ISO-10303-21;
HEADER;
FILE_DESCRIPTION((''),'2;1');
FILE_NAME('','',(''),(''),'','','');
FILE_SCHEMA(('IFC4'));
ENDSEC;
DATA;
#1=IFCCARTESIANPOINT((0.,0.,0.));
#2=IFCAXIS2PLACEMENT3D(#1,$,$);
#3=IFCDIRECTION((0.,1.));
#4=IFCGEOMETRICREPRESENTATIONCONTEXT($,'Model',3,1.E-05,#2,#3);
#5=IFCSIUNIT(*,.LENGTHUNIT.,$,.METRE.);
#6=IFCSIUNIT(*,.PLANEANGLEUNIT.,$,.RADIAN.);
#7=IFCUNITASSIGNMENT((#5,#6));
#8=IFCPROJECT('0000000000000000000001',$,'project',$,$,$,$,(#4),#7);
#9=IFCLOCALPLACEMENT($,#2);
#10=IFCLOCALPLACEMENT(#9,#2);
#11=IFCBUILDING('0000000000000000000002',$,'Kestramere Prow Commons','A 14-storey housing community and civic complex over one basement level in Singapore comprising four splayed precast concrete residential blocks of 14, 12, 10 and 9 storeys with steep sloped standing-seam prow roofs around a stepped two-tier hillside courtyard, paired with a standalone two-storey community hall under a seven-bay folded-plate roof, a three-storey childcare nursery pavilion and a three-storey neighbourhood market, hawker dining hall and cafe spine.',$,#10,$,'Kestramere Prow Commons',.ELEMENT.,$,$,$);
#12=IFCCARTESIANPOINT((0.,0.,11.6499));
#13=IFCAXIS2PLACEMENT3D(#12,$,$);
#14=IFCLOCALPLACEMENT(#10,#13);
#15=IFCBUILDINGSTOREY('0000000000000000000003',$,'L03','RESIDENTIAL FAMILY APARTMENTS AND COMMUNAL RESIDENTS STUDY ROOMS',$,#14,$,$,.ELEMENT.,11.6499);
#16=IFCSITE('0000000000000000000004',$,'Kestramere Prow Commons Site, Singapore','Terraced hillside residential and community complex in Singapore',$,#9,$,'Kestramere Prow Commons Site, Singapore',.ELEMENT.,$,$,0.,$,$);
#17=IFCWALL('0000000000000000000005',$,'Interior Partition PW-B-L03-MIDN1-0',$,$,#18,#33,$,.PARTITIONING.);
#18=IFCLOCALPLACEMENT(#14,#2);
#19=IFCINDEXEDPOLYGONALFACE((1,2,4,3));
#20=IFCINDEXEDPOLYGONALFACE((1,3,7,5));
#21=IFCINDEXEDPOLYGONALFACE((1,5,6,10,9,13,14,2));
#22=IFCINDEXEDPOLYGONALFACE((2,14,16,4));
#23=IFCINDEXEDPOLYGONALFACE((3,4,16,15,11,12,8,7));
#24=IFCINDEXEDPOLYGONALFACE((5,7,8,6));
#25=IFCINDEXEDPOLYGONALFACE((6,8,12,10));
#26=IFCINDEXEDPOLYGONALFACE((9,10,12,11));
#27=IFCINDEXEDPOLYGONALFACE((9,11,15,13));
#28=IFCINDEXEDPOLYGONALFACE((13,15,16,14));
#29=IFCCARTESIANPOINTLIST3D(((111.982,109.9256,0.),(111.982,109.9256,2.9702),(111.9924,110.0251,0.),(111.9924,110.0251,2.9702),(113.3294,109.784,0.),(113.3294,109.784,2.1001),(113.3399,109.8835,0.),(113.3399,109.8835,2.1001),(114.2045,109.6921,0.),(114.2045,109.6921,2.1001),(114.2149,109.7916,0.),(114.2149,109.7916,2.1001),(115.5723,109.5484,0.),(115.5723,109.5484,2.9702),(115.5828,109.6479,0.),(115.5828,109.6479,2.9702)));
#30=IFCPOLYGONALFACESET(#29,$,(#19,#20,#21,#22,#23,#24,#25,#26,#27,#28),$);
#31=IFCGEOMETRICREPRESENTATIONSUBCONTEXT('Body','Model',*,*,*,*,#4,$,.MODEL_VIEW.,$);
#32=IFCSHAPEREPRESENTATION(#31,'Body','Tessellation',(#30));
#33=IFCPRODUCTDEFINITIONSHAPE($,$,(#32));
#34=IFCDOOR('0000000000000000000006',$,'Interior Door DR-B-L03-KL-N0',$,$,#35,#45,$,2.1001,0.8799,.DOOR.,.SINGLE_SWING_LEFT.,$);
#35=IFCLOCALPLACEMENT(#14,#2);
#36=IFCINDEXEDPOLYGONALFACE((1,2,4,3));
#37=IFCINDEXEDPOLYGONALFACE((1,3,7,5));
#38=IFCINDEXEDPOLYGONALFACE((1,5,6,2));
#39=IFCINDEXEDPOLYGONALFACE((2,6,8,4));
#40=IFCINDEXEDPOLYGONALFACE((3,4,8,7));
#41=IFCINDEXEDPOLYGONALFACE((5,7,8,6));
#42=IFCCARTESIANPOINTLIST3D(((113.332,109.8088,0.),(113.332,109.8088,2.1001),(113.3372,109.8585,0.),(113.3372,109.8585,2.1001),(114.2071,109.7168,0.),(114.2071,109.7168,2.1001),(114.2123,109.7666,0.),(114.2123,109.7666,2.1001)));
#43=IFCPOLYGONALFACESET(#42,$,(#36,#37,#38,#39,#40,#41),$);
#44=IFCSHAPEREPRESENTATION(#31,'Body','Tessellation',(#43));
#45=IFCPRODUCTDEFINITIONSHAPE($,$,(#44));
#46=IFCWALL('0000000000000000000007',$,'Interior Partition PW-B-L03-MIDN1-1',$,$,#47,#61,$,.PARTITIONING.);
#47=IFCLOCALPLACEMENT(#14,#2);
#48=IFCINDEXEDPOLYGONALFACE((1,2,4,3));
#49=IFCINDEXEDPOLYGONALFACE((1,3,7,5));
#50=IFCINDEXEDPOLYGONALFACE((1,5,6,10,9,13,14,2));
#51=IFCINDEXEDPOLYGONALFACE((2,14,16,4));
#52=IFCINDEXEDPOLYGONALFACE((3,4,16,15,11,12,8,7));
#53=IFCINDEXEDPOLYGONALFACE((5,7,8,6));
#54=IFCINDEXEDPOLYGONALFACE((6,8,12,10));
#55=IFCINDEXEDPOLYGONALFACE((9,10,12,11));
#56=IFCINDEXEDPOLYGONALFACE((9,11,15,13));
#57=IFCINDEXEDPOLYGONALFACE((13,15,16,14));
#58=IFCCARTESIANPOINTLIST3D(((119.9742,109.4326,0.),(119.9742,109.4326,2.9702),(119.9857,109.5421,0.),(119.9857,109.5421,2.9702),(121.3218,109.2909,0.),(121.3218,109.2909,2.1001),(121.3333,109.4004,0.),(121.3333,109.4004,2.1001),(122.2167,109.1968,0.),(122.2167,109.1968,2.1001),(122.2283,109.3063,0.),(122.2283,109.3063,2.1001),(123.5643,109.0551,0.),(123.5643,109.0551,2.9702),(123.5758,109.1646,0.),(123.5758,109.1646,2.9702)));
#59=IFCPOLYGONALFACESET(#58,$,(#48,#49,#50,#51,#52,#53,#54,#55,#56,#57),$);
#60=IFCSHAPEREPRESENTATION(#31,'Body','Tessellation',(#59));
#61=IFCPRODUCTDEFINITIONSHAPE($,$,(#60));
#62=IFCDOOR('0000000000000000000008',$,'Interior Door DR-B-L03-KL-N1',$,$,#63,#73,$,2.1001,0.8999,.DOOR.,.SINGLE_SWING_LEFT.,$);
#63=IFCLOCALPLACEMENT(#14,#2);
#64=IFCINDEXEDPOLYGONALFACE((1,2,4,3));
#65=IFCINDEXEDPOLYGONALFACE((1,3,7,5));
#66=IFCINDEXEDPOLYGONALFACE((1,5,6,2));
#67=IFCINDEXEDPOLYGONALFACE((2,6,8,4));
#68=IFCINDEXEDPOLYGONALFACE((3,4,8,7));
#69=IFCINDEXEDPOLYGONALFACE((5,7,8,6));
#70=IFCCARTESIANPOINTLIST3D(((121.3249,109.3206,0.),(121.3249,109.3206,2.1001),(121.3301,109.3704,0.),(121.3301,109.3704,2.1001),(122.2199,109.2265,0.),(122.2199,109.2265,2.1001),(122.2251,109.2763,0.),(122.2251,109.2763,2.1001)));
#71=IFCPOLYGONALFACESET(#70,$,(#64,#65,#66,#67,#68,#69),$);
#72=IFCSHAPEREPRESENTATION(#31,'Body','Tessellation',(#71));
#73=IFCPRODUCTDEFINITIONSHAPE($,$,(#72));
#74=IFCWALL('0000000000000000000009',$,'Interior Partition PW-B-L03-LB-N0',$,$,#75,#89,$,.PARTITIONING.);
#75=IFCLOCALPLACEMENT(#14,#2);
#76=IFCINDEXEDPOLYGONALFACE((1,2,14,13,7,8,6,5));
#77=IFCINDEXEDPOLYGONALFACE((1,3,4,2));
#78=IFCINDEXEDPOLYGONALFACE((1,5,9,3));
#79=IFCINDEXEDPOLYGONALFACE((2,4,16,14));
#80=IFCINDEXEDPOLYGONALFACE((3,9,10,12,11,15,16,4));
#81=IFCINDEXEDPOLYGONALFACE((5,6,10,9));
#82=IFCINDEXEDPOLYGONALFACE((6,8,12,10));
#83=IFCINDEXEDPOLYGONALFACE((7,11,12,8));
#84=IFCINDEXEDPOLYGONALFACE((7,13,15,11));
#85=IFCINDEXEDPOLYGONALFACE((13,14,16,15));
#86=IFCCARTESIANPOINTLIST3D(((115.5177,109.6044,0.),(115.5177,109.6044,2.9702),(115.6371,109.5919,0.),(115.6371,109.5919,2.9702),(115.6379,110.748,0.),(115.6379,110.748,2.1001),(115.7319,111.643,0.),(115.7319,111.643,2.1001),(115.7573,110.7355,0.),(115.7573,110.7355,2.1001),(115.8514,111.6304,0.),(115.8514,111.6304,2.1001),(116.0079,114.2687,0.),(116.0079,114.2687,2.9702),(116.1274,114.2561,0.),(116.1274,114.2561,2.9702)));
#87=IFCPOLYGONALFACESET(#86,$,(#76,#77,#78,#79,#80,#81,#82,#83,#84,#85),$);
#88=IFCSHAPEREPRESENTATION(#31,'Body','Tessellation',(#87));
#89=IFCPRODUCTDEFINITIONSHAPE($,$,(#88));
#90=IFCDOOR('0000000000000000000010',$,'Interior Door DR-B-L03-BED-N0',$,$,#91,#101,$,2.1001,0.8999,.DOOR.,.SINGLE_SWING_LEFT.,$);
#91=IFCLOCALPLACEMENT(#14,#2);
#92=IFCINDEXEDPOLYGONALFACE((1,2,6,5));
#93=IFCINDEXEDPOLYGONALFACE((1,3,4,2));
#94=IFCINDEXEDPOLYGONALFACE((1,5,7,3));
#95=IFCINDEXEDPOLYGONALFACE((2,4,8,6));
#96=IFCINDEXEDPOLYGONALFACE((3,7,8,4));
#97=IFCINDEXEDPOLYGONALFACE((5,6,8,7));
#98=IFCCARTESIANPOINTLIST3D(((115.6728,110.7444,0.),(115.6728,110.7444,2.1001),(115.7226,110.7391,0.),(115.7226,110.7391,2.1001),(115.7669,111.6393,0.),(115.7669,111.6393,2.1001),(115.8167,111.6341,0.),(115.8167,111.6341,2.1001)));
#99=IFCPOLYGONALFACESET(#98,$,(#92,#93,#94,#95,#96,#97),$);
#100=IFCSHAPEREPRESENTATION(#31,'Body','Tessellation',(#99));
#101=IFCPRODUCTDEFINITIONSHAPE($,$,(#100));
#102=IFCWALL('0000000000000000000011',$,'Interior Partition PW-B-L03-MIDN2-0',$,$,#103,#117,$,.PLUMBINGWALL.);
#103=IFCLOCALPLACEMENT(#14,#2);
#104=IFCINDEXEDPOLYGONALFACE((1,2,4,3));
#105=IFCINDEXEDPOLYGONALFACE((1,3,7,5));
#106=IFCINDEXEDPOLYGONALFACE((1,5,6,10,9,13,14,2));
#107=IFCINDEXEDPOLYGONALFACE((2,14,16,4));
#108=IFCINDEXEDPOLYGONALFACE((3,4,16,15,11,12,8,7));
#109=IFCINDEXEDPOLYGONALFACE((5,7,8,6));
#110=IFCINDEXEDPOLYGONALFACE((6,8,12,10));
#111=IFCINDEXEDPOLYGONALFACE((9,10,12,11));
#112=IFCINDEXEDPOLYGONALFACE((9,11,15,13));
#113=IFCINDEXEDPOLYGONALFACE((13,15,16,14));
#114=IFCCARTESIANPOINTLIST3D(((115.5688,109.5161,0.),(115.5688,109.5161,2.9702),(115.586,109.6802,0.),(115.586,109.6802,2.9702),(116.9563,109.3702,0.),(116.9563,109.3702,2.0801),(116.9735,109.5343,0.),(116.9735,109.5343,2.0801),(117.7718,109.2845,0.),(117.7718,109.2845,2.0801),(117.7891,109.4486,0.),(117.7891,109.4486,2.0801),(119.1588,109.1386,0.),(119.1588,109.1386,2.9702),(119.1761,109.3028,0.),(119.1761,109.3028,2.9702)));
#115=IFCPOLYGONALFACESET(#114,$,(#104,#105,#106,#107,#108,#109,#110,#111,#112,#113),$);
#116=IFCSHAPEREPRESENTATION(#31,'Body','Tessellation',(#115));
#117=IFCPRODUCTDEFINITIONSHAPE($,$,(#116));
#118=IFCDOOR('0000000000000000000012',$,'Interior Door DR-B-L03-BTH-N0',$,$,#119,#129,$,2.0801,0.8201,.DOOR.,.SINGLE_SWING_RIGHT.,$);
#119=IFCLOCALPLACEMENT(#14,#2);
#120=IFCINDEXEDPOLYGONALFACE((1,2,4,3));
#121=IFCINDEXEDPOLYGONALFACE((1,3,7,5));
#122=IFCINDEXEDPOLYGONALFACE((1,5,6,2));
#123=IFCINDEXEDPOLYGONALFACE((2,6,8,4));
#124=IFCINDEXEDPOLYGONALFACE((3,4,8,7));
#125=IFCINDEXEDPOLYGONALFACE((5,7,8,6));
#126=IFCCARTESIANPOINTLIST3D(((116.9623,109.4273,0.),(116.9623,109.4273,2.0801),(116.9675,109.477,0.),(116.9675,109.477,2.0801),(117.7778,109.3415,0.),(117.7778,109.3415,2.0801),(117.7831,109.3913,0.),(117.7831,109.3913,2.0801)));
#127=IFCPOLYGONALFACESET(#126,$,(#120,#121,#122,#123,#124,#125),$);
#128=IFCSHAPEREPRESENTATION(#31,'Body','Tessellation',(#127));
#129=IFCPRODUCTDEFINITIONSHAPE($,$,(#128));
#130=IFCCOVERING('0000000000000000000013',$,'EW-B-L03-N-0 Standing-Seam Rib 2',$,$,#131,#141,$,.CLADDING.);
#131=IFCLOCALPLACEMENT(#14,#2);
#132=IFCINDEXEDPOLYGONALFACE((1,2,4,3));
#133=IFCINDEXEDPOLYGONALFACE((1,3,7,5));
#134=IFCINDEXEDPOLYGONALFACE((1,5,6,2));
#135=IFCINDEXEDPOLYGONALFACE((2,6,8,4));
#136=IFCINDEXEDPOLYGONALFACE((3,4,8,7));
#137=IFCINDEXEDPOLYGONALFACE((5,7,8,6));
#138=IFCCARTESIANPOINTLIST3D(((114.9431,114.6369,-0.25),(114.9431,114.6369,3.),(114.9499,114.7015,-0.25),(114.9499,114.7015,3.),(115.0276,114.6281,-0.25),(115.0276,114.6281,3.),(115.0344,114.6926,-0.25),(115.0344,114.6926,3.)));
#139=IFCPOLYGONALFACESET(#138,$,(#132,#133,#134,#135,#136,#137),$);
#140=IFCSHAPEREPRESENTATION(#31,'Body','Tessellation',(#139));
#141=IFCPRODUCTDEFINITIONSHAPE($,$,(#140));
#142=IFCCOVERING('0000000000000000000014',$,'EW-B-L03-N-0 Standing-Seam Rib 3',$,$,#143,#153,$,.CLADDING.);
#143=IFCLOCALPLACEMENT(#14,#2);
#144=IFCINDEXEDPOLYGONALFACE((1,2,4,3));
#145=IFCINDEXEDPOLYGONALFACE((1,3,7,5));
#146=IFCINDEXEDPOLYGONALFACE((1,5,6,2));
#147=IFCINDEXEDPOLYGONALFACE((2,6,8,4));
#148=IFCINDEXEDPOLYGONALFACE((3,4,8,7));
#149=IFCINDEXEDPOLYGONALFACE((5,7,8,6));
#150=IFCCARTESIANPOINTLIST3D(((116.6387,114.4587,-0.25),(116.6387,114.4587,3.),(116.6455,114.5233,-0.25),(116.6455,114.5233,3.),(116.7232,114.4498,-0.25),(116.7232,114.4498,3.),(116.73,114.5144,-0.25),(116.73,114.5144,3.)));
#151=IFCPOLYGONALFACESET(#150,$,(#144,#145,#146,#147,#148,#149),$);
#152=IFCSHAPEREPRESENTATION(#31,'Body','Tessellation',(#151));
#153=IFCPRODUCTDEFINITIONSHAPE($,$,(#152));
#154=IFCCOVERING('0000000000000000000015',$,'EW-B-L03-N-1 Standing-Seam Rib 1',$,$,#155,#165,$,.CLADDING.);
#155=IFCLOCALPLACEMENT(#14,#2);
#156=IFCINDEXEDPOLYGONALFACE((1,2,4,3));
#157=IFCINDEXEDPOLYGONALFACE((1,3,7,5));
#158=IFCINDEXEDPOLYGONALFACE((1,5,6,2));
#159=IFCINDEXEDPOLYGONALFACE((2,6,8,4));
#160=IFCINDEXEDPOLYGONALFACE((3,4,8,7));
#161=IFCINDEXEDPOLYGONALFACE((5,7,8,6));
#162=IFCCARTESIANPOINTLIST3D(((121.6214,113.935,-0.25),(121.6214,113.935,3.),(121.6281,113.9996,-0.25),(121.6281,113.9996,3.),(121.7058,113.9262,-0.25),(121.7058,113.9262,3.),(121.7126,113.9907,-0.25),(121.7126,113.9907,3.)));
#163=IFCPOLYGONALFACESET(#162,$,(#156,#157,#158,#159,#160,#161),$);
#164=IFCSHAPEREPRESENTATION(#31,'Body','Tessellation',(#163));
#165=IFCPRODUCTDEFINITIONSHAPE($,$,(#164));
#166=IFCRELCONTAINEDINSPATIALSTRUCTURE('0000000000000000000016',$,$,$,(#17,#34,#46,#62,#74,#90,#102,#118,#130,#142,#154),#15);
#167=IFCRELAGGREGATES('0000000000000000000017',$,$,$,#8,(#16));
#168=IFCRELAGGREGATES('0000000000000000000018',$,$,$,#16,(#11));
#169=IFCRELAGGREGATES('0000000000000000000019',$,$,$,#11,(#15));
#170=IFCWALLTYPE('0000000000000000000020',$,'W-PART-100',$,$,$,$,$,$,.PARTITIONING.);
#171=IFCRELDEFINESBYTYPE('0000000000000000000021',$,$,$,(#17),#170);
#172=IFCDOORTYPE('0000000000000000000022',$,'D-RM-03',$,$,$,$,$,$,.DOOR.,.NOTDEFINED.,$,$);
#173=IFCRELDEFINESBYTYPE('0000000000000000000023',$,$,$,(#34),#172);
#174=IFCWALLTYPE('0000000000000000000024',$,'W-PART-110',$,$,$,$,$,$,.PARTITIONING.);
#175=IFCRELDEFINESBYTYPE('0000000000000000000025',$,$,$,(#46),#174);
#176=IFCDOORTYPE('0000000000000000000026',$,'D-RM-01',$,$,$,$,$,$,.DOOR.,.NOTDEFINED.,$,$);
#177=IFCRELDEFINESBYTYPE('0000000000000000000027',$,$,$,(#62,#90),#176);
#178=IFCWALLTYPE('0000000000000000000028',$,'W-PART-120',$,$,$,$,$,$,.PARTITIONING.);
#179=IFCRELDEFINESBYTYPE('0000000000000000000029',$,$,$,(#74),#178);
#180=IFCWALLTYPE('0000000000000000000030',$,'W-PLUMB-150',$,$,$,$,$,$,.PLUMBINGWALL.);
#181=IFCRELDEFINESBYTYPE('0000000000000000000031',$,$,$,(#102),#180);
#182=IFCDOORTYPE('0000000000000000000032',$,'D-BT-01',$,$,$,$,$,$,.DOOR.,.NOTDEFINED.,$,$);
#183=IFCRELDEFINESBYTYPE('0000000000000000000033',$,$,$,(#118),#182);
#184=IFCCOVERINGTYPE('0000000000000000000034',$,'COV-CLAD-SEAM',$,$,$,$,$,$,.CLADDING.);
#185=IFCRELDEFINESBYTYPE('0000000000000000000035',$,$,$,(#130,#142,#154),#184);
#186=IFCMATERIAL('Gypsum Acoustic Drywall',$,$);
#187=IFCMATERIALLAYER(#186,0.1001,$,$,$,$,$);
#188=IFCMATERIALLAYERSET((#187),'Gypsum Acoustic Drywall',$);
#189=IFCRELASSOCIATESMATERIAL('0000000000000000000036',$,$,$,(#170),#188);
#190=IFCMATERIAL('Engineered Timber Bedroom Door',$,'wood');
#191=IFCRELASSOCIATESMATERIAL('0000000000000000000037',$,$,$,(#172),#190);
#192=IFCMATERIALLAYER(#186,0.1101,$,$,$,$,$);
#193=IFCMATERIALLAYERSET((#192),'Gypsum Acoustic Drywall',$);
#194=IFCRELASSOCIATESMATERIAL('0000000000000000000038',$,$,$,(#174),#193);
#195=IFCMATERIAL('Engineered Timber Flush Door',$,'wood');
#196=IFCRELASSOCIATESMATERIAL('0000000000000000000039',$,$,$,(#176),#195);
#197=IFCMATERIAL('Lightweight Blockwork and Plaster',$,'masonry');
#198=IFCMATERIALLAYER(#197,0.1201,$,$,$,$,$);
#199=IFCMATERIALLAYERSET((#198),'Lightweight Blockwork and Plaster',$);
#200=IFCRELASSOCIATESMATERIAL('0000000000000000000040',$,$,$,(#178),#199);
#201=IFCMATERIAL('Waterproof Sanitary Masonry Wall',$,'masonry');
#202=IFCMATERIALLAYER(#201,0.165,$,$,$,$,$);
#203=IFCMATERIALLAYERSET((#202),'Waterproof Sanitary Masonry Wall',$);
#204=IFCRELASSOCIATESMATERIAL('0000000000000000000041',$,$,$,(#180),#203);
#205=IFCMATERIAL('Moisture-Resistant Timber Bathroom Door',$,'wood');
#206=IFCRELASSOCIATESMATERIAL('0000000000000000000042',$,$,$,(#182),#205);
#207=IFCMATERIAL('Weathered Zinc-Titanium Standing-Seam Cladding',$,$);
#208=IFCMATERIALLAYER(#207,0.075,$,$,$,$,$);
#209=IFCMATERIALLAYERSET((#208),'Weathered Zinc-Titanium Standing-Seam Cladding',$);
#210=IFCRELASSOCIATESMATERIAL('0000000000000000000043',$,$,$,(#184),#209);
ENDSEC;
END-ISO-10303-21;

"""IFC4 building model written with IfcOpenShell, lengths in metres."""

from ifc_helpers import new_model, si_unit, direction, frame, frame_2d, origin, origin_2d, place, context, subcontext, project, spatial, rectangle, extrude, material, layer, layer_set, type_object, element, fill, save


model = new_model("IFC4")

# Units and contexts
model_context = context("Model", 3, precision=1e-05, world=origin(), true_north=direction((0.0, 1.0)))
body_context = subcontext(model_context, "Body", "Model", "MODEL_VIEW")
ifc_project = project(units=[si_unit("LENGTHUNIT", "METRE"), si_unit("PLANEANGLEUNIT", "RADIAN")], contexts=[model_context])

# Site, building, storey
site_placement = place(None, origin())
site = spatial("IfcSite", under=ifc_project, at=site_placement, Name="Kestramere Prow Commons Site, Singapore", Description="Terraced hillside residential and community complex in Singapore", LongName="Kestramere Prow Commons Site, Singapore", CompositionType="ELEMENT", RefElevation=0.0)
building_placement = place(site_placement, origin())
building = spatial("IfcBuilding", under=site, at=building_placement, Name="Kestramere Prow Commons", Description="A 14-storey housing community and civic complex over one basement level in Singapore comprising four splayed precast concrete residential blocks of 14, 12, 10 and 9 storeys with steep sloped standing-seam prow roofs around a stepped two-tier hillside courtyard, paired with a standalone two-storey community hall under a seven-bay folded-plate roof, a three-storey childcare nursery pavilion and a three-storey neighbourhood market, hawker dining hall and cafe spine.", LongName="Kestramere Prow Commons", CompositionType="ELEMENT")
storey_placement = place(building_placement, frame((0.0, 0.0, 11.6499)))
storey = spatial("IfcBuildingStorey", under=building, at=storey_placement, Name="L03", Description="RESIDENTIAL FAMILY APARTMENTS AND COMMUNAL RESIDENTS STUDY ROOMS", CompositionType="ELEMENT", Elevation=11.6499)

# Walls, openings, doors
ifc_material_1 = material(Name="Gypsum Acoustic Drywall")
ifc_layer_1 = layer(ifc_material_1, 0.1001)
ifc_layer_set_1 = layer_set([ifc_layer_1], Name="Gypsum Acoustic Drywall")
wall_type_1 = type_object("IfcWallType", Name="W-PART-100", PredefinedType="PARTITIONING", material=ifc_layer_set_1)
wall_1_placement = place(storey_placement, frame((111.9871, 109.9753, 0.0), z_axis=(0.0, 0.0, 1.0), x_axis=(0.994527, -0.104484, 0.0)))
wall_1 = element("IfcWall", 1, at=wall_1_placement, inside=storey, type_object=wall_type_1, Name="Interior Partition PW-B-L03-MIDN1-0", PredefinedType="PARTITIONING", context=body_context, shape_type="SweptSolid", body=[
    extrude(rectangle(XDim=3.6101, YDim=0.1001, at=frame_2d((1.8052, 0.0))), origin(), (0.0, 0.0, 1.0), 2.9702),
])
opening_1_placement = place(wall_1_placement, frame((1.355, 0.0, 0.0)))
opening_1 = element("IfcOpeningElement", 2, at=opening_1_placement, cuts=wall_1, PredefinedType="OPENING", context=body_context, shape_type="SweptSolid", body=[
    extrude(rectangle(XDim=0.8799, YDim=2.1001, at=frame_2d((0.4399, 1.05))), frame((0.0, 0.0649, 0.0), z_axis=(0.0, -1.0, 0.0), x_axis=(1.0, 0.0, 0.0)), (0.0, 0.0, 1.0), 0.1301),
])
ifc_material_2 = material(Name="Engineered Timber Bedroom Door", Category="wood")
door_type_1 = type_object("IfcDoorType", Name="D-RM-03", OperationType="NOTDEFINED", PredefinedType="DOOR", material=ifc_material_2)
door_1_placement = place(opening_1_placement, origin())
door_1 = element("IfcDoor", 3, at=door_1_placement, inside=storey, type_object=door_type_1, Name="Interior Door DR-B-L03-KL-N0", OperationType="SINGLE_SWING_LEFT", OverallHeight=2.1001, OverallWidth=0.8799, PredefinedType="DOOR", context=body_context, shape_type="SweptSolid", body=[
    extrude(rectangle(XDim=0.8799, YDim=2.1001, at=frame_2d((0.4399, 1.05))), frame((0.0, 0.0249, 0.0), z_axis=(0.0, -1.0, 0.0), x_axis=(1.0, 0.0, 0.0)), (0.0, 0.0, 1.0), 0.05),
])
fill(opening_1, door_1)
ifc_layer_2 = layer(ifc_material_1, 0.1101)
ifc_layer_set_2 = layer_set([ifc_layer_2], Name="Gypsum Acoustic Drywall")
wall_type_2 = type_object("IfcWallType", Name="W-PART-110", PredefinedType="PARTITIONING", material=ifc_layer_set_2)
wall_2_placement = place(storey_placement, frame((119.98, 109.4873, 0.0), z_axis=(0.0, 0.0, 1.0), x_axis=(0.994519, -0.104558, 0.0)))
wall_2 = element("IfcWall", 4, at=wall_2_placement, inside=storey, type_object=wall_type_2, Name="Interior Partition PW-B-L03-MIDN1-1", PredefinedType="PARTITIONING", context=body_context, shape_type="SweptSolid", body=[
    extrude(rectangle(XDim=3.6099, YDim=0.1101, at=frame_2d((1.8049, 0.0))), origin(), (0.0, 0.0, 1.0), 2.9702),
])
opening_2_placement = place(wall_2_placement, frame((1.355, 0.0, 0.0)))
opening_2 = element("IfcOpeningElement", 5, at=opening_2_placement, cuts=wall_2, PredefinedType="OPENING", context=body_context, shape_type="SweptSolid", body=[
    extrude(rectangle(XDim=0.8999, YDim=2.1001, at=frame_2d((0.45, 1.05))), frame((0.0, 0.0701, 0.0), z_axis=(0.0, -1.0, 0.0), x_axis=(1.0, 0.0, 0.0)), (0.0, 0.0, 1.0), 0.1401),
])
ifc_material_3 = material(Name="Engineered Timber Flush Door", Category="wood")
door_type_2 = type_object("IfcDoorType", Name="D-RM-01", OperationType="NOTDEFINED", PredefinedType="DOOR", material=ifc_material_3)
door_2_placement = place(opening_2_placement, origin())
door_2 = element("IfcDoor", 6, at=door_2_placement, inside=storey, type_object=door_type_2, Name="Interior Door DR-B-L03-KL-N1", OperationType="SINGLE_SWING_LEFT", OverallHeight=2.1001, OverallWidth=0.8999, PredefinedType="DOOR", context=body_context, shape_type="SweptSolid", body=[
    extrude(rectangle(XDim=0.8999, YDim=2.1001, at=frame_2d((0.45, 1.05))), frame((0.0, 0.0249, 0.0), z_axis=(0.0, -1.0, 0.0), x_axis=(1.0, 0.0, 0.0)), (0.0, 0.0, 1.0), 0.05),
])
fill(opening_2, door_2)
ifc_material_4 = material(Name="Lightweight Blockwork and Plaster", Category="masonry")
ifc_layer_3 = layer(ifc_material_4, 0.1201)
ifc_layer_set_3 = layer_set([ifc_layer_3], Name="Lightweight Blockwork and Plaster")
wall_type_3 = type_object("IfcWallType", Name="W-PART-120", PredefinedType="PARTITIONING", material=ifc_layer_set_3)
wall_3_placement = place(storey_placement, frame((115.5774, 109.5981, 0.0), z_axis=(0.0, 0.0, 1.0), x_axis=(0.104528, 0.994522, 0.0)))
wall_3 = element("IfcWall", 7, at=wall_3_placement, inside=storey, type_object=wall_type_3, Name="Interior Partition PW-B-L03-LB-N0", PredefinedType="PARTITIONING", context=body_context, shape_type="SweptSolid", body=[
    extrude(rectangle(XDim=4.6899, YDim=0.1201, at=frame_2d((2.345, 0.0))), origin(), (0.0, 0.0, 1.0), 2.9702),
])
opening_3_placement = place(wall_3_placement, frame((1.1499, 0.0, 0.0)))
opening_3 = element("IfcOpeningElement", 8, at=opening_3_placement, cuts=wall_3, PredefinedType="OPENING", context=body_context, shape_type="SweptSolid", body=[
    extrude(rectangle(XDim=0.8999, YDim=2.1001, at=frame_2d((0.45, 1.05))), frame((0.0, 0.075, 0.0), z_axis=(0.0, -1.0, 0.0), x_axis=(1.0, 0.0, 0.0)), (0.0, 0.0, 1.0), 0.1501),
])
door_3_placement = place(opening_3_placement, origin())
door_3 = element("IfcDoor", 9, at=door_3_placement, inside=storey, type_object=door_type_2, Name="Interior Door DR-B-L03-BED-N0", OperationType="SINGLE_SWING_LEFT", OverallHeight=2.1001, OverallWidth=0.8999, PredefinedType="DOOR", context=body_context, shape_type="SweptSolid", body=[
    extrude(rectangle(XDim=0.8999, YDim=2.1001, at=frame_2d((0.45, 1.05))), frame((0.0, 0.0249, 0.0), z_axis=(0.0, -1.0, 0.0), x_axis=(1.0, 0.0, 0.0)), (0.0, 0.0, 1.0), 0.05),
])
fill(opening_3, door_3)
ifc_material_5 = material(Name="Waterproof Sanitary Masonry Wall", Category="masonry")
ifc_layer_4 = layer(ifc_material_5, 0.165)
ifc_layer_set_4 = layer_set([ifc_layer_4], Name="Waterproof Sanitary Masonry Wall")
wall_type_4 = type_object("IfcWallType", Name="W-PLUMB-150", PredefinedType="PLUMBINGWALL", material=ifc_layer_set_4)
wall_4_placement = place(storey_placement, frame((115.5774, 109.5981, 0.0), z_axis=(0.0, 0.0, 1.0), x_axis=(0.994519, -0.104558, 0.0)))
wall_4 = element("IfcWall", 10, at=wall_4_placement, inside=storey, type_object=wall_type_4, Name="Interior Partition PW-B-L03-MIDN2-0", PredefinedType="PLUMBINGWALL", context=body_context, shape_type="SweptSolid", body=[
    extrude(rectangle(XDim=3.6099, YDim=0.165, at=frame_2d((1.8049, 0.0))), origin(), (0.0, 0.0, 1.0), 2.9702),
])
opening_4_placement = place(wall_4_placement, frame((1.395, 0.0, 0.0)))
opening_4 = element("IfcOpeningElement", 11, at=opening_4_placement, cuts=wall_4, PredefinedType="OPENING", context=body_context, shape_type="SweptSolid", body=[
    extrude(rectangle(XDim=0.8201, YDim=2.0801, at=frame_2d((0.4102, 1.04))), frame((0.0, 0.0974, 0.0), z_axis=(0.0, -1.0, 0.0), x_axis=(1.0, 0.0, 0.0)), (0.0, 0.0, 1.0), 0.1951),
])
ifc_material_6 = material(Name="Moisture-Resistant Timber Bathroom Door", Category="wood")
door_type_3 = type_object("IfcDoorType", Name="D-BT-01", OperationType="NOTDEFINED", PredefinedType="DOOR", material=ifc_material_6)
door_4_placement = place(opening_4_placement, origin())
door_4 = element("IfcDoor", 12, at=door_4_placement, inside=storey, type_object=door_type_3, Name="Interior Door DR-B-L03-BTH-N0", OperationType="SINGLE_SWING_RIGHT", OverallHeight=2.0801, OverallWidth=0.8201, PredefinedType="DOOR", context=body_context, shape_type="SweptSolid", body=[
    extrude(rectangle(XDim=0.8201, YDim=2.0801, at=frame_2d((0.4102, 1.04))), frame((0.0, 0.0249, 0.0), z_axis=(0.0, -1.0, 0.0), x_axis=(1.0, 0.0, 0.0)), (0.0, 0.0, 1.0), 0.05),
])
fill(opening_4, door_4)

# Coverings
ifc_material_7 = material(Name="Weathered Zinc-Titanium Standing-Seam Cladding")
ifc_layer_5 = layer(ifc_material_7, 0.075)
ifc_layer_set_5 = layer_set([ifc_layer_5], Name="Weathered Zinc-Titanium Standing-Seam Cladding")
covering_type = type_object("IfcCoveringType", Name="COV-CLAD-SEAM", PredefinedType="CLADDING", material=ifc_layer_set_5)
for number, where, z_axis, x_axis, name in (
    (13, (114.9888, 114.6648, -0.25), (0.0, 0.0, 1.0), (0.994522, -0.104528, 0.0), "EW-B-L03-N-0 Standing-Seam Rib 2"),
    (14, (116.6843, 114.4866, -0.25), (0.0, 0.0, 1.0), (0.994522, -0.104528, 0.0), "EW-B-L03-N-0 Standing-Seam Rib 3"),
    (15, (121.667, 113.9629, -0.25), (0.0, 0.0, 1.0), (0.994522, -0.104528, 0.0), "EW-B-L03-N-1 Standing-Seam Rib 1"),
):
    element("IfcCovering", number, at=place(storey_placement, frame(where, z_axis=z_axis, x_axis=x_axis)), inside=storey, type_object=covering_type, Name=name, PredefinedType="CLADDING", context=body_context, shape_type="SweptSolid", body=[
        extrude(rectangle(XDim=0.085, YDim=0.0649, at=origin_2d()), origin(), (0.0, 0.0, 1.0), 3.25),
    ])

save(model, "model.ifc")
